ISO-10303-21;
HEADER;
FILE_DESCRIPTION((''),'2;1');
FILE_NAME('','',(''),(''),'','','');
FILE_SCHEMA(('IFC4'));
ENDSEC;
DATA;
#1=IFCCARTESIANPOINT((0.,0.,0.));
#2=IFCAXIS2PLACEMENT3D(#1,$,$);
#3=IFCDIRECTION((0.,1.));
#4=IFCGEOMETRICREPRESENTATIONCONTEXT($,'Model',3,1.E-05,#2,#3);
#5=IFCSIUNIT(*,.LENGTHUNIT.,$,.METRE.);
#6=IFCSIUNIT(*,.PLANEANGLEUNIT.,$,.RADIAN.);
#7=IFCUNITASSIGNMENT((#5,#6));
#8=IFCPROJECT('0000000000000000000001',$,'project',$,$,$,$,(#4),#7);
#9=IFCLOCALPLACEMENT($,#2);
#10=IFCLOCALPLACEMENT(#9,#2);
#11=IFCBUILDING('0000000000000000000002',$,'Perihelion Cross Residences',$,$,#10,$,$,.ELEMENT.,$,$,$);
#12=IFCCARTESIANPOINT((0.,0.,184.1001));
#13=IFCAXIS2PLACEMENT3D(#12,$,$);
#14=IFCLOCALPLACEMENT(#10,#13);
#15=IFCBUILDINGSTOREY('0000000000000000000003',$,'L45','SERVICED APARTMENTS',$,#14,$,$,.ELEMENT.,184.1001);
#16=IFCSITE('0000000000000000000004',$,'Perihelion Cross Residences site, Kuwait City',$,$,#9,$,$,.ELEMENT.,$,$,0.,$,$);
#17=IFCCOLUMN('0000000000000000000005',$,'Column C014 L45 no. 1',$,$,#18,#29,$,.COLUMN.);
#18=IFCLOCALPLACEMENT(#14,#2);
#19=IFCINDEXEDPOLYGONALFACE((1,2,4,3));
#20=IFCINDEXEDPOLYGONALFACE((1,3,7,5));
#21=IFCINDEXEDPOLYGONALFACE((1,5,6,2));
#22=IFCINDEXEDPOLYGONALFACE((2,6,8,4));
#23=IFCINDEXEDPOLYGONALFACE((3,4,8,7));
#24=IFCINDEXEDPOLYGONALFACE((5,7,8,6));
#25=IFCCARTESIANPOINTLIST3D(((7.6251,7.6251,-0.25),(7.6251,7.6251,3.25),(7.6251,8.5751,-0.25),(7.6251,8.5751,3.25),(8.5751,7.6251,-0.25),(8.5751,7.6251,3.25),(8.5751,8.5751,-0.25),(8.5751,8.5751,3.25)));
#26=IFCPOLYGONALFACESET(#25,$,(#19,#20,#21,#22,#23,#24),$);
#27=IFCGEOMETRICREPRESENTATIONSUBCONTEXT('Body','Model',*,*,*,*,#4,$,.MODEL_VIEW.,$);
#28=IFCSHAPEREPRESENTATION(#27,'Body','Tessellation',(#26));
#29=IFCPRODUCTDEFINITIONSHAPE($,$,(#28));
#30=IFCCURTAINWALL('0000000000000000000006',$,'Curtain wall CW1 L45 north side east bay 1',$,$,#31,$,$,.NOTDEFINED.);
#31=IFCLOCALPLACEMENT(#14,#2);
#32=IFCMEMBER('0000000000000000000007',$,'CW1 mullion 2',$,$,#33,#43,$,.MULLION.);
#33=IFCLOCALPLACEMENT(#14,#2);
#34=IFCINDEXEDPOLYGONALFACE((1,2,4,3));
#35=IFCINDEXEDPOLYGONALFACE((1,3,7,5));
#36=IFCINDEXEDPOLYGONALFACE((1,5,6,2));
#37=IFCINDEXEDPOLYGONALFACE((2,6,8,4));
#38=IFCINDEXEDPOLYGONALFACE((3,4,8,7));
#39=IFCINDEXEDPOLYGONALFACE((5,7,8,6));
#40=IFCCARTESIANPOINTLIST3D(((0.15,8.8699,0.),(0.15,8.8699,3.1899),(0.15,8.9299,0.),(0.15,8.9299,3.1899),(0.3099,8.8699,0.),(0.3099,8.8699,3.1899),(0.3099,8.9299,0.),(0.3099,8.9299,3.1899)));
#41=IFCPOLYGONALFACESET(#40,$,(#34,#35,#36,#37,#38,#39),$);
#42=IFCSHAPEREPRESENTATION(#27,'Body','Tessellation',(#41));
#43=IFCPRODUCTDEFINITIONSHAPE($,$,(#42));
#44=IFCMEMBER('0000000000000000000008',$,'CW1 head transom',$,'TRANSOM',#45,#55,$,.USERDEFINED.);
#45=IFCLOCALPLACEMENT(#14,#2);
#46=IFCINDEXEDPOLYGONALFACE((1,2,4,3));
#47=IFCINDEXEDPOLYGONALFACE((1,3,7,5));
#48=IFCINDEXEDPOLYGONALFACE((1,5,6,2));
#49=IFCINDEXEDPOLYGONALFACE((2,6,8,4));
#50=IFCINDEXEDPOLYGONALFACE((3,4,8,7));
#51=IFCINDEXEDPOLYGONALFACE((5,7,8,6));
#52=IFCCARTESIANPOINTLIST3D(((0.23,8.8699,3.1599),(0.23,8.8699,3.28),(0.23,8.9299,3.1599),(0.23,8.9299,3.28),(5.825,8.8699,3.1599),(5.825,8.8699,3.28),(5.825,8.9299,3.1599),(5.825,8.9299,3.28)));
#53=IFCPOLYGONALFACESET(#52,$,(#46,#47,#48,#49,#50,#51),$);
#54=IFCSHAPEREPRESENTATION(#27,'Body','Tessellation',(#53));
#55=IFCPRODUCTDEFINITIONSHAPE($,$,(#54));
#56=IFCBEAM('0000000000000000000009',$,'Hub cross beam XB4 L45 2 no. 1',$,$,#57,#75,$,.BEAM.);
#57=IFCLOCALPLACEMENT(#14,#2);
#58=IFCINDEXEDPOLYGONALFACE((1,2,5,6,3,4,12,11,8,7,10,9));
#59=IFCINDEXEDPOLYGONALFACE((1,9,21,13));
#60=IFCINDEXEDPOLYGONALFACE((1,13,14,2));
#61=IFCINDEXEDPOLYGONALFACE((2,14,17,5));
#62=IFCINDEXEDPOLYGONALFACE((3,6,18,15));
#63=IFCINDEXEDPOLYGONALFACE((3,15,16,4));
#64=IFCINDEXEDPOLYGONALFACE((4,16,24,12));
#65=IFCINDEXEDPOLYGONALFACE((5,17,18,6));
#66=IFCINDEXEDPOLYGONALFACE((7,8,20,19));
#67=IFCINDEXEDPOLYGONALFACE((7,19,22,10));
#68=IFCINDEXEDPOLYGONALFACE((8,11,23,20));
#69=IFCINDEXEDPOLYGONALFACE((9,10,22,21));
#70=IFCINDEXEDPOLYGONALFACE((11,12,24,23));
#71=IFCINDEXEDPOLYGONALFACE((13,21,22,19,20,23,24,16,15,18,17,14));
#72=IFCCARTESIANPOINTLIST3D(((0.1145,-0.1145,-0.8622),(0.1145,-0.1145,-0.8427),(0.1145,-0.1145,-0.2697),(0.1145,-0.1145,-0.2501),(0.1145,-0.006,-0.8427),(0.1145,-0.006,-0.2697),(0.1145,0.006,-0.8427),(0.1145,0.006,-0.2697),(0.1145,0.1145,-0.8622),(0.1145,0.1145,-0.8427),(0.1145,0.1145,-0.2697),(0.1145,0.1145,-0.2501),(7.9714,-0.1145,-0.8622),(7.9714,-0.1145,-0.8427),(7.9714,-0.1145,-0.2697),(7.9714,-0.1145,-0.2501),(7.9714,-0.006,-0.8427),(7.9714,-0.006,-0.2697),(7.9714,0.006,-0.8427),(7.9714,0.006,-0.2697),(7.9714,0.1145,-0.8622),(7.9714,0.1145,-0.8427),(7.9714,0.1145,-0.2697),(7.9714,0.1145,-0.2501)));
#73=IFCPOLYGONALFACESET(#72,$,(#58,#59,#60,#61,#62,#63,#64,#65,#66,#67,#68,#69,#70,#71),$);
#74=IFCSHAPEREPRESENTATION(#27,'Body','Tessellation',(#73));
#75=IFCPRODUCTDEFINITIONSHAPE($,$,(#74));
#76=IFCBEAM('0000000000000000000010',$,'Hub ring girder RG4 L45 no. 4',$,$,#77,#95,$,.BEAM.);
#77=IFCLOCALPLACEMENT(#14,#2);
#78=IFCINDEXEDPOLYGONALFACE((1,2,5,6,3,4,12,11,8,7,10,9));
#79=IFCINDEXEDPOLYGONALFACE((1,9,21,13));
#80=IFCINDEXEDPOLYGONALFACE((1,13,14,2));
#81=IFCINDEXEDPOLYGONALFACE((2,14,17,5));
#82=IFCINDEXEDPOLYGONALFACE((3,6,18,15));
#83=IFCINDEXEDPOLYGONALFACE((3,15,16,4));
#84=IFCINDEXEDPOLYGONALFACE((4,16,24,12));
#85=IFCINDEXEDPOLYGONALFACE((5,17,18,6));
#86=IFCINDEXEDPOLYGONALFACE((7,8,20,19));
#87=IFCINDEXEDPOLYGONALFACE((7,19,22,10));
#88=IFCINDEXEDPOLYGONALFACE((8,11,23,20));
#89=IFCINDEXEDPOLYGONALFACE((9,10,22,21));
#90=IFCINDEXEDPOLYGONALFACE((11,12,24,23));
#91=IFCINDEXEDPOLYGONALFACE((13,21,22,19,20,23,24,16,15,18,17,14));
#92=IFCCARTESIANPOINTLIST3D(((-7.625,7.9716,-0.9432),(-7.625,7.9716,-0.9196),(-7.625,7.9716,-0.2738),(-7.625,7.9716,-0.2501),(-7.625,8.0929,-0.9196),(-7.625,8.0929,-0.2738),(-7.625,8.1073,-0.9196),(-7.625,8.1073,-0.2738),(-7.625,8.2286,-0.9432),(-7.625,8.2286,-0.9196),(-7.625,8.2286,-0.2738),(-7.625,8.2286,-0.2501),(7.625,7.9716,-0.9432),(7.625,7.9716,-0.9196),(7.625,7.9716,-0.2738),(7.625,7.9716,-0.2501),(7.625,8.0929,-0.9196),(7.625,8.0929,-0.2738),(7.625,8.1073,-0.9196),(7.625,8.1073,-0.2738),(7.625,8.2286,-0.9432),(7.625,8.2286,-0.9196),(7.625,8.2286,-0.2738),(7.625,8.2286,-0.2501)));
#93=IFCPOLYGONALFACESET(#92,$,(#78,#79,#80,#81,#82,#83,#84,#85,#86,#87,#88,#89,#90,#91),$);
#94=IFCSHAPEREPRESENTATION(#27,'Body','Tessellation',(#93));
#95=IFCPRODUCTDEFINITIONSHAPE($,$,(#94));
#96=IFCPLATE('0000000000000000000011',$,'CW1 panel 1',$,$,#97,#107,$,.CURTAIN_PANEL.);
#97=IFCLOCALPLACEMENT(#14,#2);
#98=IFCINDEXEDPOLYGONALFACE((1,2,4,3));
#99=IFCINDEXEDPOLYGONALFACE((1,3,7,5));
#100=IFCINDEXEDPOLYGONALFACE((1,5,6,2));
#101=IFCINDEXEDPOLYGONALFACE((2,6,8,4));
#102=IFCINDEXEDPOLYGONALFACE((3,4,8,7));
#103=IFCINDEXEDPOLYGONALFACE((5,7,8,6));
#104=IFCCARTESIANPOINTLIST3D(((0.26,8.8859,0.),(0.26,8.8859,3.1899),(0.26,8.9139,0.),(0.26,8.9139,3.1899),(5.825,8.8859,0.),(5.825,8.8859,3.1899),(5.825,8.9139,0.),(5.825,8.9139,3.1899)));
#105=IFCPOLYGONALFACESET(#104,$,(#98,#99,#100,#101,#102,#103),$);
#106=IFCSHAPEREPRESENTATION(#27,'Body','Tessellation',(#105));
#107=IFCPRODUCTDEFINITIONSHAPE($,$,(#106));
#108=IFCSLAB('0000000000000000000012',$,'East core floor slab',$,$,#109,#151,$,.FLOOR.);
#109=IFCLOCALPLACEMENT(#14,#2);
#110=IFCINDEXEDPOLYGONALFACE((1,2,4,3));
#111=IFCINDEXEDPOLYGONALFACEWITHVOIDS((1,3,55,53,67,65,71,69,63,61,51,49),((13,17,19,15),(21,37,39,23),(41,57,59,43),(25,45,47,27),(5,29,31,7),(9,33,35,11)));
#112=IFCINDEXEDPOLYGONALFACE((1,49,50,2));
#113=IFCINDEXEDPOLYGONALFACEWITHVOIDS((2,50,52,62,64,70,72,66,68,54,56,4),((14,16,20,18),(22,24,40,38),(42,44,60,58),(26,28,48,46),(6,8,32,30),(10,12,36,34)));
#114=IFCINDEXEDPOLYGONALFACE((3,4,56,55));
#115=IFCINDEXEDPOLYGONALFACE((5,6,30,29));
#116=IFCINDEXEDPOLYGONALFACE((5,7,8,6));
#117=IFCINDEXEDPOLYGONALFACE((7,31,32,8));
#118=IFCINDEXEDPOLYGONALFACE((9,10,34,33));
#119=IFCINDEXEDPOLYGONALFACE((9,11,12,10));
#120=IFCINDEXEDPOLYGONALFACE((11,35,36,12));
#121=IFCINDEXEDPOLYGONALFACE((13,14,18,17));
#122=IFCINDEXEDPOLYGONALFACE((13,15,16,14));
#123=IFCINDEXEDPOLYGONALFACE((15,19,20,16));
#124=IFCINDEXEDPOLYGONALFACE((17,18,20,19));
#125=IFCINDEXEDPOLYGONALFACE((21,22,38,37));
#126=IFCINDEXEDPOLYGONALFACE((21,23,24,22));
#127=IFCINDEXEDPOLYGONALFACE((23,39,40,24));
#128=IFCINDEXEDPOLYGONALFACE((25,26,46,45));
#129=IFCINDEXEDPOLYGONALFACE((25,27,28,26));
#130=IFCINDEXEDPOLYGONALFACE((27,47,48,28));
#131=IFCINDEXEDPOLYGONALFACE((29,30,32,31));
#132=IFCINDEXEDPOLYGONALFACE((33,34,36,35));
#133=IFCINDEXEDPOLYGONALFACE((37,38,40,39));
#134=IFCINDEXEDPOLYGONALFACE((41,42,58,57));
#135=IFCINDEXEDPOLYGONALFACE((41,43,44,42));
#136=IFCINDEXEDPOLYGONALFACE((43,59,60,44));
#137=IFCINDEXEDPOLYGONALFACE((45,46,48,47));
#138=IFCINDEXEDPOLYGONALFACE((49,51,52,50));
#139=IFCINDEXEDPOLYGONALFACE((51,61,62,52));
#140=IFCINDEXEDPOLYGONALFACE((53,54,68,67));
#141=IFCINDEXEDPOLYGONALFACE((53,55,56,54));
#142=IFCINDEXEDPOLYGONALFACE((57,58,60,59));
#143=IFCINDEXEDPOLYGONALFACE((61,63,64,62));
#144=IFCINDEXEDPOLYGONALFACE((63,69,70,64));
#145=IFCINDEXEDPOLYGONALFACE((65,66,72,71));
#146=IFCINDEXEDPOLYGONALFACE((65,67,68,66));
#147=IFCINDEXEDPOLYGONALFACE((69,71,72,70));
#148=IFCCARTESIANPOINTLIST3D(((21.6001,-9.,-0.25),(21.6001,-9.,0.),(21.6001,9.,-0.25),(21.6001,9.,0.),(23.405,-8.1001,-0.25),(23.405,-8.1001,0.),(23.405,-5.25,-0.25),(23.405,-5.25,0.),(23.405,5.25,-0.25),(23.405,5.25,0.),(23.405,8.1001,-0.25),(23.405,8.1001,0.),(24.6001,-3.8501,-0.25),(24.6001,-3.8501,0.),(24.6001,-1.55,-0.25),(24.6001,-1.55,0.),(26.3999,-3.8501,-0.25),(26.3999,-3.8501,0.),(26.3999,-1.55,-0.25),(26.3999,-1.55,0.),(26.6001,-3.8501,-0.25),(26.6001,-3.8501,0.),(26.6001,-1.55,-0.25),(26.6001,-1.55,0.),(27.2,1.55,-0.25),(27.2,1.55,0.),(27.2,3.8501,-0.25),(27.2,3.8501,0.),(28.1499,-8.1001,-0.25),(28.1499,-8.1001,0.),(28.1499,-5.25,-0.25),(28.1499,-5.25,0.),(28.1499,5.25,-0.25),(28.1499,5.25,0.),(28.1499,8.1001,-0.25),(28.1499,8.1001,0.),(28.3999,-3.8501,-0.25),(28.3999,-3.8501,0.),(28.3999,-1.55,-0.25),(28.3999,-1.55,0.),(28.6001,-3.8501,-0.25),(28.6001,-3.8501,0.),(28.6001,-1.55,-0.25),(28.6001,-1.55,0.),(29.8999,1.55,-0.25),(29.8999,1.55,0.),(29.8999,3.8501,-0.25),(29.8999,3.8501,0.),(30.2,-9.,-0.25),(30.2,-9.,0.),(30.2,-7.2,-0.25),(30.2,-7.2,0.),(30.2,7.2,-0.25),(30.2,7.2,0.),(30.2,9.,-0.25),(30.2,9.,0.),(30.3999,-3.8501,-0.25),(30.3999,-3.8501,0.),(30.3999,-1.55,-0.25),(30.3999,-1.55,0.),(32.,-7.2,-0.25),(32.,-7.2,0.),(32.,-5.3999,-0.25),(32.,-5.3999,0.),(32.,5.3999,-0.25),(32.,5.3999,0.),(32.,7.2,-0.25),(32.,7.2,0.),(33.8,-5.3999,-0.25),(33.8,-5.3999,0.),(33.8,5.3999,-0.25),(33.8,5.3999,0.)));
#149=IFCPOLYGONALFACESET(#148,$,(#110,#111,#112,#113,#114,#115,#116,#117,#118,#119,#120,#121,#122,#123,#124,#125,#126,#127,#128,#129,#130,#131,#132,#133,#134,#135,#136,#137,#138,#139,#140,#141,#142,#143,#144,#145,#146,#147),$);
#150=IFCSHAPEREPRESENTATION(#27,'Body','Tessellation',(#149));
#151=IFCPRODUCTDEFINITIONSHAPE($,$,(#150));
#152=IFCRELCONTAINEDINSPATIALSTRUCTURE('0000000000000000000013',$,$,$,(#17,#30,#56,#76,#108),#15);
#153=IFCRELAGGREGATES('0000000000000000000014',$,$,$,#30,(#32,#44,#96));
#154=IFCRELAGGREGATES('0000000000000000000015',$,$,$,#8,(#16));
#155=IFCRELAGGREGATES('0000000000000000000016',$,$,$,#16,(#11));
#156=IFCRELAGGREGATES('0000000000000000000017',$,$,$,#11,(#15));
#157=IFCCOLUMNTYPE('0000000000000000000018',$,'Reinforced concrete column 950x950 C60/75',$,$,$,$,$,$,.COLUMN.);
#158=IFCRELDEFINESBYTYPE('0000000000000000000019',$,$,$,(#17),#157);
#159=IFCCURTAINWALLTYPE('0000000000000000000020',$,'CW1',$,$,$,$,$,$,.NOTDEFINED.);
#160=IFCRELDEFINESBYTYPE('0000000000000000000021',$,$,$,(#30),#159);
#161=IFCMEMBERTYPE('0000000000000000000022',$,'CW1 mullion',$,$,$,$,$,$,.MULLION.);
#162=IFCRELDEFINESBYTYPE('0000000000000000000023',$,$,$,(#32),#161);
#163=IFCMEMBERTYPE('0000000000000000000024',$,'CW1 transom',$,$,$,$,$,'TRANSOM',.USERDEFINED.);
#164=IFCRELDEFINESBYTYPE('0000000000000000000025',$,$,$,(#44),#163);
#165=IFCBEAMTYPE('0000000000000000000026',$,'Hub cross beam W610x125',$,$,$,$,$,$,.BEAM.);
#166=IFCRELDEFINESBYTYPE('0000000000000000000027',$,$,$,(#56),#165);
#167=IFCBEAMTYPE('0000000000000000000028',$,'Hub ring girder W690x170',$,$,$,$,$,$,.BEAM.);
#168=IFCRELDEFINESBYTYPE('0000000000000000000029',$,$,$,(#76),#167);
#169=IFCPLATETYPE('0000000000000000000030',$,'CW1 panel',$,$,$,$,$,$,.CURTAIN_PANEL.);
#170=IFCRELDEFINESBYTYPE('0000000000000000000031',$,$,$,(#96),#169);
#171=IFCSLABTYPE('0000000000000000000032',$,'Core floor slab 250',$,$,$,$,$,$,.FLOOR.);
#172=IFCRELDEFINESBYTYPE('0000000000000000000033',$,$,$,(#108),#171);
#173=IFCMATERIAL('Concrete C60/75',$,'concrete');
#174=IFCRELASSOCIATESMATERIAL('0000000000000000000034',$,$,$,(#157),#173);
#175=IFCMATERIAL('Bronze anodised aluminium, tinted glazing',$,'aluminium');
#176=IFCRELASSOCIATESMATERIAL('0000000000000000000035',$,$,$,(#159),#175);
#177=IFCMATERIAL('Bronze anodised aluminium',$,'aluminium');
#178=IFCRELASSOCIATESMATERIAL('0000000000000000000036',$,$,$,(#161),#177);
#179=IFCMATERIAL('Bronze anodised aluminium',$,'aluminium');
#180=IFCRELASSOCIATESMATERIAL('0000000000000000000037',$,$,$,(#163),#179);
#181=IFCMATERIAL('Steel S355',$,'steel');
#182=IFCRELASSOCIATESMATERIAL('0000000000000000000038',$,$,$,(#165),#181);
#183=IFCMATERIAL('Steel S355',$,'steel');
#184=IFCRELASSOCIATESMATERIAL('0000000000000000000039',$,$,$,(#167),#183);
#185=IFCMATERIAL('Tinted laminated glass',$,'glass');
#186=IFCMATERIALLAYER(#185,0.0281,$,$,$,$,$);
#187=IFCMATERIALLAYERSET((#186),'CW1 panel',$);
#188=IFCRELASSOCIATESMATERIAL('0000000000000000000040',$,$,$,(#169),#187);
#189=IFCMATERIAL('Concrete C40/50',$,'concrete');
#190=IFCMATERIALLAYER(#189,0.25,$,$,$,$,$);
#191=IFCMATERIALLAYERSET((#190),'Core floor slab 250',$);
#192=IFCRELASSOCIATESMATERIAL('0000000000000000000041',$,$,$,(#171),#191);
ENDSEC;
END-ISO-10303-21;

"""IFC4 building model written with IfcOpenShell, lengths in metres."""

from ifc_helpers import new_model, si_unit, direction, frame, origin, origin_2d, place, context, subcontext, project, spatial, polyline, rectangle, i_section, outline, extrude, material, layer, layer_set, material_profile, profile_set, type_object, element, aggregate, save


model = new_model("IFC4")

# Units and contexts
model_context = context("Model", 3, precision=1e-05, world=origin(), true_north=direction((0.0, 1.0)))
body_context = subcontext(model_context, "Body", "Model", "MODEL_VIEW")
ifc_project = project(units=[si_unit("LENGTHUNIT", "METRE"), si_unit("PLANEANGLEUNIT", "RADIAN")], contexts=[model_context])

# Site, building, storey
site_placement = place(None, origin())
site = spatial("IfcSite", under=ifc_project, at=site_placement, Name="Perihelion Cross Residences site, Kuwait City", CompositionType="ELEMENT", RefElevation=0.0)
building_placement = place(site_placement, origin())
building = spatial("IfcBuilding", under=site, at=building_placement, Name="Perihelion Cross Residences", CompositionType="ELEMENT")
storey_placement = place(building_placement, frame((0.0, 0.0, 184.1001)))
storey = spatial("IfcBuildingStorey", under=building, at=storey_placement, Name="L45", Description="SERVICED APARTMENTS", CompositionType="ELEMENT", Elevation=184.1001)

# Column
ifc_material_1 = material(Name="Concrete C60/75", Category="concrete")
ifc_material_profile_1 = material_profile(ifc_material_1, rectangle(XDim=0.95, YDim=0.95, at=origin_2d()), Name="RC 950x950")
ifc_profile_set_1 = profile_set([ifc_material_profile_1], Name="Concrete C60/75")
column_type = type_object("IfcColumnType", Name="Reinforced concrete column 950x950 C60/75", PredefinedType="COLUMN", material=ifc_profile_set_1)
column_placement = place(storey_placement, frame((8.1001, 8.1001, -0.25), z_axis=(0.0, 0.0, 1.0), x_axis=(1.0, 0.0, 0.0)))
element("IfcColumn", 1, at=column_placement, inside=storey, type_object=column_type, Name="Column C014 L45 no. 1", PredefinedType="COLUMN", context=body_context, shape_type="SweptSolid", body=[
    extrude(rectangle(XDim=0.95, YDim=0.95, at=origin_2d()), origin(), (0.0, 0.0, 1.0), 3.5),
])

# Curtain wall, members
ifc_material_2 = material(Name="Bronze anodised aluminium, tinted glazing", Category="aluminium")
curtain_wall_type = type_object("IfcCurtainWallType", Name="CW1", PredefinedType="NOTDEFINED", material=ifc_material_2)
curtain_wall_placement = place(storey_placement, origin())
curtain_wall = element("IfcCurtainWall", 2, at=curtain_wall_placement, inside=storey, type_object=curtain_wall_type, Name="Curtain wall CW1 L45 north side east bay 1", PredefinedType="NOTDEFINED")
ifc_material_3 = material(Name="Bronze anodised aluminium", Category="aluminium")
ifc_material_profile_2 = material_profile(ifc_material_3, rectangle(XDim=0.0601, YDim=0.1599, at=origin_2d()), Name="CW1 mullion")
ifc_profile_set_2 = profile_set([ifc_material_profile_2], Name="Bronze anodised aluminium")
member_type_1 = type_object("IfcMemberType", Name="CW1 mullion", PredefinedType="MULLION", material=ifc_profile_set_2)
member_1_placement = place(storey_placement, frame((0.23, 8.8999, 0.0), z_axis=(0.0, 0.0, 1.0), x_axis=(0.0, -1.0, 0.0)))
member_1 = element("IfcMember", 3, at=member_1_placement, type_object=member_type_1, Name="CW1 mullion 2", PredefinedType="MULLION", context=body_context, shape_type="SweptSolid", body=[
    extrude(rectangle(XDim=0.0601, YDim=0.1599, at=origin_2d()), origin(), (0.0, 0.0, 1.0), 3.1899),
])
ifc_material_4 = material(Name="Bronze anodised aluminium", Category="aluminium")
ifc_material_profile_3 = material_profile(ifc_material_4, rectangle(XDim=0.0601, YDim=0.1201, at=origin_2d()), Name="CW1 transom")
ifc_profile_set_3 = profile_set([ifc_material_profile_3], Name="Bronze anodised aluminium")
member_type_2 = type_object("IfcMemberType", Name="CW1 transom", ElementType="TRANSOM", PredefinedType="USERDEFINED", material=ifc_profile_set_3)
member_2_placement = place(storey_placement, frame((5.825, 8.8999, 3.22), z_axis=(-1.0, 0.0, 0.0), x_axis=(0.0, -1.0, 0.0)))
member_2 = element("IfcMember", 4, at=member_2_placement, type_object=member_type_2, Name="CW1 head transom", ObjectType="TRANSOM", PredefinedType="USERDEFINED", context=body_context, shape_type="SweptSolid", body=[
    extrude(rectangle(XDim=0.0601, YDim=0.1201, at=origin_2d()), origin(), (0.0, 0.0, 1.0), 5.595),
])

# Beams
ifc_material_5 = material(Name="Steel S355", Category="steel")
ifc_material_profile_4 = material_profile(ifc_material_5, i_section(OverallWidth=0.229, OverallDepth=0.6121, WebThickness=0.012, FlangeThickness=0.0195, at=origin_2d()), Name="W610x125")
ifc_profile_set_4 = profile_set([ifc_material_profile_4], Name="Steel S355")
beam_type_1 = type_object("IfcBeamType", Name="Hub cross beam W610x125", PredefinedType="BEAM", material=ifc_profile_set_4)
beam_1_placement = place(storey_placement, frame((0.1145, 0.0, -0.5562), z_axis=(1.0, 0.0, 0.0), x_axis=(0.0, 1.0, 0.0)))
element("IfcBeam", 5, at=beam_1_placement, inside=storey, type_object=beam_type_1, Name="Hub cross beam XB4 L45 2 no. 1", PredefinedType="BEAM", context=body_context, shape_type="SweptSolid", body=[
    extrude(i_section(OverallWidth=0.229, OverallDepth=0.6121, WebThickness=0.012, FlangeThickness=0.0195, at=origin_2d()), origin(), (0.0, 0.0, 1.0), 7.8569),
])
ifc_material_6 = material(Name="Steel S355", Category="steel")
ifc_material_profile_5 = material_profile(ifc_material_6, i_section(OverallWidth=0.2571, OverallDepth=0.6931, WebThickness=0.0144, FlangeThickness=0.0237, at=origin_2d()), Name="W690x170")
ifc_profile_set_5 = profile_set([ifc_material_profile_5], Name="Steel S355")
beam_type_2 = type_object("IfcBeamType", Name="Hub ring girder W690x170", PredefinedType="BEAM", material=ifc_profile_set_5)
beam_2_placement = place(storey_placement, frame((7.625, 8.1001, -0.5967), z_axis=(-1.0, 0.0, 0.0), x_axis=(0.0, -1.0, 0.0)))
element("IfcBeam", 6, at=beam_2_placement, inside=storey, type_object=beam_type_2, Name="Hub ring girder RG4 L45 no. 4", PredefinedType="BEAM", context=body_context, shape_type="SweptSolid", body=[
    extrude(i_section(OverallWidth=0.2571, OverallDepth=0.6931, WebThickness=0.0144, FlangeThickness=0.0237, at=origin_2d()), origin(), (0.0, 0.0, 1.0), 15.25),
])

# Plate
ifc_material_7 = material(Name="Tinted laminated glass", Category="glass")
ifc_layer_1 = layer(ifc_material_7, 0.0281)
ifc_layer_set_1 = layer_set([ifc_layer_1], Name="CW1 panel")
plate_type = type_object("IfcPlateType", Name="CW1 panel", PredefinedType="CURTAIN_PANEL", material=ifc_layer_set_1)
plate_placement = place(storey_placement, frame((3.0425, 8.8999, 0.0), z_axis=(0.0, 0.0, 1.0), x_axis=(-1.0, 0.0, 0.0)))
plate = element("IfcPlate", 7, at=plate_placement, type_object=plate_type, Name="CW1 panel 1", PredefinedType="CURTAIN_PANEL", context=body_context, shape_type="SweptSolid", body=[
    extrude(rectangle(XDim=5.5649, YDim=0.0281, at=origin_2d()), origin(), (0.0, 0.0, 1.0), 3.1899),
])
aggregate(curtain_wall, [member_1, member_2, plate])

# Slab
ifc_material_8 = material(Name="Concrete C40/50", Category="concrete")
ifc_layer_2 = layer(ifc_material_8, 0.25)
ifc_layer_set_2 = layer_set([ifc_layer_2], Name="Core floor slab 250")
slab_type = type_object("IfcSlabType", Name="Core floor slab 250", PredefinedType="FLOOR", material=ifc_layer_set_2)
slab_1_placement = place(storey_placement, frame((0.0, 0.0, -0.25)))
element("IfcSlab", 8, at=slab_1_placement, inside=storey, type_object=slab_type, Name="East core floor slab", PredefinedType="FLOOR", context=body_context, shape_type="SweptSolid", body=[
    extrude(outline(polyline([(30.2, 7.2), (32.0, 7.2), (32.0, 5.3999), (33.8, 5.3999), (33.8, -5.3999), (32.0, -5.3999), (32.0, -7.2), (30.2, -7.2), (30.2, -9.0), (21.6001, -9.0), (21.6001, 9.0), (30.2, 9.0), (30.2, 7.2)]), holes=[polyline([(28.1499, -8.1001), (28.1499, -5.25), (23.405, -5.25), (23.405, -8.1001), (28.1499, -8.1001)]), polyline([(24.6001, -1.55), (24.6001, -3.8501), (26.3999, -3.8501), (26.3999, -1.55), (24.6001, -1.55)]), polyline([(26.6001, -1.55), (26.6001, -3.8501), (28.3999, -3.8501), (28.3999, -1.55), (26.6001, -1.55)]), polyline([(28.6001, -3.8501), (30.3999, -3.8501), (30.3999, -1.55), (28.6001, -1.55), (28.6001, -3.8501)]), polyline([(27.2, 3.8501), (27.2, 1.55), (29.8999, 1.55), (29.8999, 3.8501), (27.2, 3.8501)]), polyline([(23.405, 5.25), (28.1499, 5.25), (28.1499, 8.1001), (23.405, 8.1001), (23.405, 5.25)])]), origin(), (0.0, 0.0, 1.0), 0.25),
])

save(model, "model.ifc")
